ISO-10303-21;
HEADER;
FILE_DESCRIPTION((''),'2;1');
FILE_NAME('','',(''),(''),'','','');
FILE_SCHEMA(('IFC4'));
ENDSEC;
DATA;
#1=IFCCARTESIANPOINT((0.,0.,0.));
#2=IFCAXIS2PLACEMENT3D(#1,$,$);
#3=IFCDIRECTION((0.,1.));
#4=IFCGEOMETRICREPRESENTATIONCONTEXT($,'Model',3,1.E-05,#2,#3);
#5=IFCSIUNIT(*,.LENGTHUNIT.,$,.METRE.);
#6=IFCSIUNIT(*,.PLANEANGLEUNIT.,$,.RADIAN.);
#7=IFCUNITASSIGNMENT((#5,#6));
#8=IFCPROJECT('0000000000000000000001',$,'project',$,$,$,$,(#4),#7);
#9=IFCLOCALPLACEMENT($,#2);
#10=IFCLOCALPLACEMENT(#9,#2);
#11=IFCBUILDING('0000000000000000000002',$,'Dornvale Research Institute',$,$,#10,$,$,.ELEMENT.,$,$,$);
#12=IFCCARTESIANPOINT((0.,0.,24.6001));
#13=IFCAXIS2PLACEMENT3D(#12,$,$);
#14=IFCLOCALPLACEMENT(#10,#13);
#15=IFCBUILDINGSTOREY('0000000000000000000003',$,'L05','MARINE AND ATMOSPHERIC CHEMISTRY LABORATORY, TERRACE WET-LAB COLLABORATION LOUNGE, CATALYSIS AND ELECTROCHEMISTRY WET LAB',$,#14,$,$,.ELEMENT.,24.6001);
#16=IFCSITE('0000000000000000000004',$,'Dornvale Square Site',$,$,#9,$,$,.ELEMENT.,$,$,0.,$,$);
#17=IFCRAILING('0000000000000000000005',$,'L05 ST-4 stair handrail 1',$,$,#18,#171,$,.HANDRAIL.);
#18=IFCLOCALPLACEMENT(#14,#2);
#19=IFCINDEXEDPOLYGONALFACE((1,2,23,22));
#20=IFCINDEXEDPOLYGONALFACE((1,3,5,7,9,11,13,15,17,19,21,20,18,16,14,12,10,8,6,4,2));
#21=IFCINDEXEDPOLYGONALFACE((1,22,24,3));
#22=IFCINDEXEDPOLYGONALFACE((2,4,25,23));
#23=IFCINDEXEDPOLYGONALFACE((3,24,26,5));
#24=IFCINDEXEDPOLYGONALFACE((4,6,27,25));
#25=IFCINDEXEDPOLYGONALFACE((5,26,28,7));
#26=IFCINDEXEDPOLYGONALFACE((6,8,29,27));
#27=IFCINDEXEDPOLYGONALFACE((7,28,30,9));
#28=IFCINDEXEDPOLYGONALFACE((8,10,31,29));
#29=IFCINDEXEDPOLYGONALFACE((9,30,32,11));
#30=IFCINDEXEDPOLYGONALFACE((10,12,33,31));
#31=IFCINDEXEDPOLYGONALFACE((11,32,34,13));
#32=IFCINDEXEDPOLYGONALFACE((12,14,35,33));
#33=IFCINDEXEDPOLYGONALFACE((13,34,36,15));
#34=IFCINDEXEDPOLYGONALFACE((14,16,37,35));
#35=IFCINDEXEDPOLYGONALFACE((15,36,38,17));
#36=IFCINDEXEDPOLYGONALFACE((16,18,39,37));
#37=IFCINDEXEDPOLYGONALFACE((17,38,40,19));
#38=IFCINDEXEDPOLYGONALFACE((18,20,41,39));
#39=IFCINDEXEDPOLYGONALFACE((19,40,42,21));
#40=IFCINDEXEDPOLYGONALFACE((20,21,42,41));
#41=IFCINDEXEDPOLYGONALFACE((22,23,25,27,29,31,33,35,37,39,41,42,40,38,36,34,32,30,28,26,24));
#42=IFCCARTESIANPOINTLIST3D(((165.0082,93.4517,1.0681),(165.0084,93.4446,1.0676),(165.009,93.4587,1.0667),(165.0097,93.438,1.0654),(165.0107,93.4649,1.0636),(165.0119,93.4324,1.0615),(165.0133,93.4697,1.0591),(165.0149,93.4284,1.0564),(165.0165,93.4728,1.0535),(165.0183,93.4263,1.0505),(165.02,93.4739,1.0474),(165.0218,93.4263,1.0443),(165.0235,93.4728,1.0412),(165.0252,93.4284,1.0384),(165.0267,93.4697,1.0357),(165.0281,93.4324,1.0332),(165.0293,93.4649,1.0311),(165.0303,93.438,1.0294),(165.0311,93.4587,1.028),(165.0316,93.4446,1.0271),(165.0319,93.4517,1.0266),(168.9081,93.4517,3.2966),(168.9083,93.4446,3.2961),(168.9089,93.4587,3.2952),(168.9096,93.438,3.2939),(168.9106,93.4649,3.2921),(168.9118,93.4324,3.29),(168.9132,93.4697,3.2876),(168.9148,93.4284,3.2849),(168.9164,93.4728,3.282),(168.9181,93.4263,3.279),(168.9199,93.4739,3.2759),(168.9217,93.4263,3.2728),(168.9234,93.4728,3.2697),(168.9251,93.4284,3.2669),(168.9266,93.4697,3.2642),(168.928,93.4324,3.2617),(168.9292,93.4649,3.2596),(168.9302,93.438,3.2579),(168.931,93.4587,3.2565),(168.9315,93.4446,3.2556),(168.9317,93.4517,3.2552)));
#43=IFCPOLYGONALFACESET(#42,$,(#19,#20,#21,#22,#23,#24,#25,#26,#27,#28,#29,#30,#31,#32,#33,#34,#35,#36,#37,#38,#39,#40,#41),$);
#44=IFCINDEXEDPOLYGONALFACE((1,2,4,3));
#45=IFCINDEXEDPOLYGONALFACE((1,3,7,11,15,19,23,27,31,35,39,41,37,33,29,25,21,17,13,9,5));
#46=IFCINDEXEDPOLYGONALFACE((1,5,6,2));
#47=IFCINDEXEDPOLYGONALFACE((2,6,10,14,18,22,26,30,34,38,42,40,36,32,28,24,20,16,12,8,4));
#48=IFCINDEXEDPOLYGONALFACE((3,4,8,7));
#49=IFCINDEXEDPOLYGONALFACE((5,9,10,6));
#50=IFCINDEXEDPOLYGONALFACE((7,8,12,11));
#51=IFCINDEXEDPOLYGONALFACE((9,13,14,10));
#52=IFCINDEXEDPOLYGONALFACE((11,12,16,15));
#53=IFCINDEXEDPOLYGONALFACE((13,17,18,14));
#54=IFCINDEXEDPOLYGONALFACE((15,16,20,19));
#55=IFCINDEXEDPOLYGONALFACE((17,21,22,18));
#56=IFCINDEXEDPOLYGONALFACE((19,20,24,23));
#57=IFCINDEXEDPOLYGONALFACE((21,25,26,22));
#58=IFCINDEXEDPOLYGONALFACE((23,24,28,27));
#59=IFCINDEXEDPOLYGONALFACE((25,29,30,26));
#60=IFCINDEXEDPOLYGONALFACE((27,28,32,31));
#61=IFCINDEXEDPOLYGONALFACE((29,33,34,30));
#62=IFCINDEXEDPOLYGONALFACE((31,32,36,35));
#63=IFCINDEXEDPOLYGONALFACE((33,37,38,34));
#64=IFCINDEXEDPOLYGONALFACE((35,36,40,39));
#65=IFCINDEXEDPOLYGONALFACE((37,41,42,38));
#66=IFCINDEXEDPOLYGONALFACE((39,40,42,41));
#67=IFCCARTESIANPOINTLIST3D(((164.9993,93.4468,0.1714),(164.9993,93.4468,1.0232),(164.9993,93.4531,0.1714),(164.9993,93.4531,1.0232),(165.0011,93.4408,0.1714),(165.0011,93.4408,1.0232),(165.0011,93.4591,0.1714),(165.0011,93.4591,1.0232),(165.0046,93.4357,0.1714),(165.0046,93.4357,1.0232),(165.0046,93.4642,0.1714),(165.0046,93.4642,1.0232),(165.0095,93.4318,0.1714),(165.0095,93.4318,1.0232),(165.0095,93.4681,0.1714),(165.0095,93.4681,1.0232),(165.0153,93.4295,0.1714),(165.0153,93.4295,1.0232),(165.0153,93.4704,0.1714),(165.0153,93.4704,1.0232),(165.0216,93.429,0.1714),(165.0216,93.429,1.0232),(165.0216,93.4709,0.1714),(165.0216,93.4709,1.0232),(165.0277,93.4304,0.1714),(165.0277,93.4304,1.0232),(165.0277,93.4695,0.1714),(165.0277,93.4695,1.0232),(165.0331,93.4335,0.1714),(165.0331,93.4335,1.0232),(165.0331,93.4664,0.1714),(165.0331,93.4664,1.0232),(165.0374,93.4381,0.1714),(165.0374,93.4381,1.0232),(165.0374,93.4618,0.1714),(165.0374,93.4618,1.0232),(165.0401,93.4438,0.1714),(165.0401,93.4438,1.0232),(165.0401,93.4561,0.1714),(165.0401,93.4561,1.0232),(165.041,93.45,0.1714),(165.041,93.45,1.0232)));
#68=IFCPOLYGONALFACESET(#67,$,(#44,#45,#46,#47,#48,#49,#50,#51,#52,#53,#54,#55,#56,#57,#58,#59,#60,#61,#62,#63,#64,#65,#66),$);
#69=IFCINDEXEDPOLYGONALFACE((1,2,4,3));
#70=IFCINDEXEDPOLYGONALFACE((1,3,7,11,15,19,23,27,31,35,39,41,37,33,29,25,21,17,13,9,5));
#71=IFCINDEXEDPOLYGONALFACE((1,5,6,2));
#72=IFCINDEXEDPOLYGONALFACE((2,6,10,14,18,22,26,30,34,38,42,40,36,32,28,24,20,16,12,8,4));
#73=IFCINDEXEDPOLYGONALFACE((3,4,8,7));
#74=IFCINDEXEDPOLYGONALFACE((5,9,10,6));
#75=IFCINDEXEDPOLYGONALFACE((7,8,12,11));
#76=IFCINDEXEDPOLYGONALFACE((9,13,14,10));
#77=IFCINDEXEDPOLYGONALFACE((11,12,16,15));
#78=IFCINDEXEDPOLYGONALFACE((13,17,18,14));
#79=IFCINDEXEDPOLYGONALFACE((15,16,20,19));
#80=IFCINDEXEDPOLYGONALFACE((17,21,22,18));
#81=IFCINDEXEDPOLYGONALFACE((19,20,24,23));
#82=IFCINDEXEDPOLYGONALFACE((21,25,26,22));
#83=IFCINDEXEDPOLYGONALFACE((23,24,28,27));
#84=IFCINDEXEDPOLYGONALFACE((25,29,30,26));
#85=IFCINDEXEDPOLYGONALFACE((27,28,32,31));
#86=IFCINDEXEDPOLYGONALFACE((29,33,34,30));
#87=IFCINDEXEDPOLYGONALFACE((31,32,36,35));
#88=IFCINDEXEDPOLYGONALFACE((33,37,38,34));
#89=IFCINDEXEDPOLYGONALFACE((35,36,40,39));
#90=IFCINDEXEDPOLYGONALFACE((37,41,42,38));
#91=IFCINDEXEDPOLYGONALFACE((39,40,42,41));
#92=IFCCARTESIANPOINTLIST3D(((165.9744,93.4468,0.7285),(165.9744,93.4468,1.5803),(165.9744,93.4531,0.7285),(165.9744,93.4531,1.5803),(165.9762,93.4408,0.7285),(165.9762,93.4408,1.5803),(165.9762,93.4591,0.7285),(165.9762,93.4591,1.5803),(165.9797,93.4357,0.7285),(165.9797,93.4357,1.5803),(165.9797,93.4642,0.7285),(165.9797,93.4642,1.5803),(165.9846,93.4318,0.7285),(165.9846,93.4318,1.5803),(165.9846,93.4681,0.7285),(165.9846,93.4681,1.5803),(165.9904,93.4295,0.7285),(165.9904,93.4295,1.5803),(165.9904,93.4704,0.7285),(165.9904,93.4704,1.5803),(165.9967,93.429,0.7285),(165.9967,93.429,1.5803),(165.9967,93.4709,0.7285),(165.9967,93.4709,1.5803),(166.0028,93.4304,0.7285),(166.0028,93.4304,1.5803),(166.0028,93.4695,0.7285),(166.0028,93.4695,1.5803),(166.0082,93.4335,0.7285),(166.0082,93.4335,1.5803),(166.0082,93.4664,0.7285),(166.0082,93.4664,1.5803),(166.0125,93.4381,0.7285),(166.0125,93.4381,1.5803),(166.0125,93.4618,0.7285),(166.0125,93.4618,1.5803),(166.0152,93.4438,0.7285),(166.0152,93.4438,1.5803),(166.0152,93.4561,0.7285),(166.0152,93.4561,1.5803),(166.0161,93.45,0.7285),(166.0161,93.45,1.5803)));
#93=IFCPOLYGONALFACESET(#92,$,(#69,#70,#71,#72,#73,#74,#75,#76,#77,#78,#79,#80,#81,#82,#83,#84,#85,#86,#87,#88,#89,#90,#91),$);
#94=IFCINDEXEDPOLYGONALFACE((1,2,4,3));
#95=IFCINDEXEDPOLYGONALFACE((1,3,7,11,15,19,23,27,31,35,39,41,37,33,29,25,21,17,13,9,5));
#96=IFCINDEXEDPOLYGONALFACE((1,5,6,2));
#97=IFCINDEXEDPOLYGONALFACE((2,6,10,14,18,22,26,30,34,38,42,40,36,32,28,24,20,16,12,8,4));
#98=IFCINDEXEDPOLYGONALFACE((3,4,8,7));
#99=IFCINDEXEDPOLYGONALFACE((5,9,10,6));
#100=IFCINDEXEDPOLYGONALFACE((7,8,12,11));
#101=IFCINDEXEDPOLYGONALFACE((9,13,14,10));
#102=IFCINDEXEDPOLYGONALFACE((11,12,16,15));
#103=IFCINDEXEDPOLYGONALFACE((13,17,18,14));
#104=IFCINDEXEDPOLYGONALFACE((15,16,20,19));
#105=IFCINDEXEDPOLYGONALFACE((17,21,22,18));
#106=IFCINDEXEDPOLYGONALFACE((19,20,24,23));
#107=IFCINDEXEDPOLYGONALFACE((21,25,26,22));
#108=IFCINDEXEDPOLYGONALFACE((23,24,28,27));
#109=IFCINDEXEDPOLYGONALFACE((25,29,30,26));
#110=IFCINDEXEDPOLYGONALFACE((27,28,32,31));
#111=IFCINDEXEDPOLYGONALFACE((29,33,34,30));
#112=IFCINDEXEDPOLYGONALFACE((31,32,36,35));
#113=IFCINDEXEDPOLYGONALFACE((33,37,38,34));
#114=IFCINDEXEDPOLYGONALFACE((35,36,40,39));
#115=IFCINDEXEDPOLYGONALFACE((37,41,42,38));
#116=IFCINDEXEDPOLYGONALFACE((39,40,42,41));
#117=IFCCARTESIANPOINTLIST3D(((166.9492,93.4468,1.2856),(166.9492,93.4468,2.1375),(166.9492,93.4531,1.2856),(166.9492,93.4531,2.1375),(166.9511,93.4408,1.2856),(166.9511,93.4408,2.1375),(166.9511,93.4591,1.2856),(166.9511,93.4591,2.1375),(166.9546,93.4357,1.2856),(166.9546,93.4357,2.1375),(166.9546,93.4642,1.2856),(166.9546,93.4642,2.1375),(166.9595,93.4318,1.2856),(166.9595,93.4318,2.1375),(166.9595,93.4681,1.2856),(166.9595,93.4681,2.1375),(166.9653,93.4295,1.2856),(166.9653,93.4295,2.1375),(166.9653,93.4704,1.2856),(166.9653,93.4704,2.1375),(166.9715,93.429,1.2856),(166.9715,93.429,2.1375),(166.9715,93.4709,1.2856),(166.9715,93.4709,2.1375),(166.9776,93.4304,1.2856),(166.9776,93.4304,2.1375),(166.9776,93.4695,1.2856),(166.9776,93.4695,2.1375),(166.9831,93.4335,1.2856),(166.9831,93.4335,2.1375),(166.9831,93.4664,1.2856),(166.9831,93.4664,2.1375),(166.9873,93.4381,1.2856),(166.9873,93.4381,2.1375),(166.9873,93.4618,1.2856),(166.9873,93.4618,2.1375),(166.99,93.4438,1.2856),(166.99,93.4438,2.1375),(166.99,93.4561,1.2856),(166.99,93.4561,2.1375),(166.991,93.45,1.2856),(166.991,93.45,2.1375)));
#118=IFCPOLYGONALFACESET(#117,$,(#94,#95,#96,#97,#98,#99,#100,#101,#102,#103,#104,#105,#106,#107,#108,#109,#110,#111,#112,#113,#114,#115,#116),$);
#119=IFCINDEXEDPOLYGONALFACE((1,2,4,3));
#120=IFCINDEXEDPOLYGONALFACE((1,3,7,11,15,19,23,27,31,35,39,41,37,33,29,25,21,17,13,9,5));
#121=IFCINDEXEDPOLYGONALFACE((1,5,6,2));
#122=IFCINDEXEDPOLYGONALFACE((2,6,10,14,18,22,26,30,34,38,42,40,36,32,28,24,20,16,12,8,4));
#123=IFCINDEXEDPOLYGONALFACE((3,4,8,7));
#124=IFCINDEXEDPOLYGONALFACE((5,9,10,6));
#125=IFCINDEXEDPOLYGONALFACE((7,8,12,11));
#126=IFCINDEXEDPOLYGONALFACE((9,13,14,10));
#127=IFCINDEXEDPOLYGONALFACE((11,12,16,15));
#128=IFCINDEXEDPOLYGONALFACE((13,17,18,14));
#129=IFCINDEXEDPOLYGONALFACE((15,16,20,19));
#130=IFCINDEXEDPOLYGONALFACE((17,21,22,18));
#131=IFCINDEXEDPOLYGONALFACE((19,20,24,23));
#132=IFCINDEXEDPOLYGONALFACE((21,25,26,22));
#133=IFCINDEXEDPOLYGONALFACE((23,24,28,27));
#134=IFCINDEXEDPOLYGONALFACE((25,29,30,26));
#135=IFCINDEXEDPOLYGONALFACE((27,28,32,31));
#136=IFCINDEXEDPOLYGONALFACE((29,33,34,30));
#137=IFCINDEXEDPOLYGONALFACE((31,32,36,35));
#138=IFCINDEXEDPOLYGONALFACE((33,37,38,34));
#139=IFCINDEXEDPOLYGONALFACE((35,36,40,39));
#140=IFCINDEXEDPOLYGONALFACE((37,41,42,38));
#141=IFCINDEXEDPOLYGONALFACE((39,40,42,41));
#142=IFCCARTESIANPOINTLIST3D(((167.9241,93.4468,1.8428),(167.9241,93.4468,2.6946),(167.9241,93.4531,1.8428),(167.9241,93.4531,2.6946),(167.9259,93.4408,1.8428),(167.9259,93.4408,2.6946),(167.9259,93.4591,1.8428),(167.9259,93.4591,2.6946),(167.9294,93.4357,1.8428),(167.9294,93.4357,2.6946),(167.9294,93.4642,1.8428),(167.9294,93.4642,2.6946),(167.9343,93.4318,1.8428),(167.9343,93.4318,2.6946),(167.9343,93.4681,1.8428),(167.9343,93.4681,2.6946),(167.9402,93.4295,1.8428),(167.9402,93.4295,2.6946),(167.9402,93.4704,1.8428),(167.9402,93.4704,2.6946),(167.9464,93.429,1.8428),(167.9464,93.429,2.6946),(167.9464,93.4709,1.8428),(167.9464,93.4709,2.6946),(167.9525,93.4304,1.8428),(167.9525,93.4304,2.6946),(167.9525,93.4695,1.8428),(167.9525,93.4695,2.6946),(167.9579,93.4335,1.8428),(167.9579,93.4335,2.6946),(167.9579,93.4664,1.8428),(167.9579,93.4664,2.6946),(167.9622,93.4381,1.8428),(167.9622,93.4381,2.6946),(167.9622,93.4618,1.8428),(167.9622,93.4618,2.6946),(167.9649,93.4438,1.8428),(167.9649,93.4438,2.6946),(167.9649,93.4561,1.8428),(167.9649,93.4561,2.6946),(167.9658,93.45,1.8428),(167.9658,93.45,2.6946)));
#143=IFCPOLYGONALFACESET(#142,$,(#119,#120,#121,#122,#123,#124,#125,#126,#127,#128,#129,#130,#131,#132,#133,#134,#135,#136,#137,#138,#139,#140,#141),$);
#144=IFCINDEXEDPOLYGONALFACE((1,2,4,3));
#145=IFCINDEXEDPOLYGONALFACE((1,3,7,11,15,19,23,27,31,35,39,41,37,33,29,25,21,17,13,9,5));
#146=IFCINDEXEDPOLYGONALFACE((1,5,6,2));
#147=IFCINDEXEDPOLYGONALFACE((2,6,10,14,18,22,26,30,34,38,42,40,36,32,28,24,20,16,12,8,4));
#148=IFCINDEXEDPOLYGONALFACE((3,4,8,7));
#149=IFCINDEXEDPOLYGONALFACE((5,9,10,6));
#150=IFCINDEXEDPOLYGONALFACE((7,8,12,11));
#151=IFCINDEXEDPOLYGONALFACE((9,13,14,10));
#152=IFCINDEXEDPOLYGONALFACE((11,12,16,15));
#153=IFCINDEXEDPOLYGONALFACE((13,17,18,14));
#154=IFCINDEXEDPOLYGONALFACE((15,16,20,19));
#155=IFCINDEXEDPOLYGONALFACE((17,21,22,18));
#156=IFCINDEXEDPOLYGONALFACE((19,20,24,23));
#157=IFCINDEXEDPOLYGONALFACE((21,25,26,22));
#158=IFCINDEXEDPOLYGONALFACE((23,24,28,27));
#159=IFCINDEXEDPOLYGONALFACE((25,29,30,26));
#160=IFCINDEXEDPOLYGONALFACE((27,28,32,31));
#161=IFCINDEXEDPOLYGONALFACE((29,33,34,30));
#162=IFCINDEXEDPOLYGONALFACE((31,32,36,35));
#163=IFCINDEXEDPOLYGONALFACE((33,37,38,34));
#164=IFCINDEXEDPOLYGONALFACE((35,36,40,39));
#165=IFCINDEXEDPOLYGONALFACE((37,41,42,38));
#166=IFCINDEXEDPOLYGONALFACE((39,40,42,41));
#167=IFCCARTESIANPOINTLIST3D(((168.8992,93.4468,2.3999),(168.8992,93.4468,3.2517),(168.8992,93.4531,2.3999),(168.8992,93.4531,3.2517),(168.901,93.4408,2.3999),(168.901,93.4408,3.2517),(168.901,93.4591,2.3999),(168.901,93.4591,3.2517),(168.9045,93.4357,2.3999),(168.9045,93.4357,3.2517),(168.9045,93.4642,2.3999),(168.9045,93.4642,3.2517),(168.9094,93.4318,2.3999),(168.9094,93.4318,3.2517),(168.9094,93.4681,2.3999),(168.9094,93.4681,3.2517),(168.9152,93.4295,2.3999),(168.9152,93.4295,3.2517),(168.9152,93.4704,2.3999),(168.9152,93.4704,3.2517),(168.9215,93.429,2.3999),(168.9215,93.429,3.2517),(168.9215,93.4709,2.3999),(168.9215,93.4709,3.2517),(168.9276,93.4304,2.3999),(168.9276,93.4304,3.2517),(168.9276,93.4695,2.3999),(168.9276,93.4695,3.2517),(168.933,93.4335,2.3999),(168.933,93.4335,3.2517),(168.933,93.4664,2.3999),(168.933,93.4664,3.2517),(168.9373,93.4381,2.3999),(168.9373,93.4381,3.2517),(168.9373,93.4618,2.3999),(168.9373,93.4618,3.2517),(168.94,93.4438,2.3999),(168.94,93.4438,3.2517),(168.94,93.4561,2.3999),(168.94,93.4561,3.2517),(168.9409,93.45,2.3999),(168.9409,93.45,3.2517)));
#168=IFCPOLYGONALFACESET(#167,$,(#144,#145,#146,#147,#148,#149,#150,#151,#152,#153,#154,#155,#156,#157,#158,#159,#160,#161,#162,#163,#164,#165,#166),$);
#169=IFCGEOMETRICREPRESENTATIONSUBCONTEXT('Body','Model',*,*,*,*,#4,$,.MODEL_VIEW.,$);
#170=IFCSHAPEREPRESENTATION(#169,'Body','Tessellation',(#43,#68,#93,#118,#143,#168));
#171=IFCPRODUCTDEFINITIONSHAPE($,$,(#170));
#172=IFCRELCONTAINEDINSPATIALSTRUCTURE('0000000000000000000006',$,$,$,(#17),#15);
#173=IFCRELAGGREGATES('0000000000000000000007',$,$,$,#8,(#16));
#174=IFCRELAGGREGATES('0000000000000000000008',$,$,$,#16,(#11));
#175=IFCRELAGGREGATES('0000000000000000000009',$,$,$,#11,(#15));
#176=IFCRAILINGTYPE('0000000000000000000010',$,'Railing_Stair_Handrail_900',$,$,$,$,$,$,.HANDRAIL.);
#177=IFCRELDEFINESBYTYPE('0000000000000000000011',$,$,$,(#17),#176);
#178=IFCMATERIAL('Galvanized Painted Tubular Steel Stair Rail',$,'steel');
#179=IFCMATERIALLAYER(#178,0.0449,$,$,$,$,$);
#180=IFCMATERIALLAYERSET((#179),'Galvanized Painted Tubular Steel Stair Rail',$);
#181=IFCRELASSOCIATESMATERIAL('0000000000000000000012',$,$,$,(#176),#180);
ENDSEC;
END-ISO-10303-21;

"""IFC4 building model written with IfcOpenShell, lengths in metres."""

from ifc_helpers import new_model, si_unit, direction, frame, origin, origin_2d, place, context, subcontext, project, spatial, circle, extrude, material, layer, layer_set, type_object, element, save


model = new_model("IFC4")

# Units and contexts
model_context = context("Model", 3, precision=1e-05, world=origin(), true_north=direction((0.0, 1.0)))
body_context = subcontext(model_context, "Body", "Model", "MODEL_VIEW")
ifc_project = project(units=[si_unit("LENGTHUNIT", "METRE"), si_unit("PLANEANGLEUNIT", "RADIAN")], contexts=[model_context])

# Site, building, storey
site_placement = place(None, origin())
site = spatial("IfcSite", under=ifc_project, at=site_placement, Name="Dornvale Square Site", CompositionType="ELEMENT", RefElevation=0.0)
building_placement = place(site_placement, origin())
building = spatial("IfcBuilding", under=site, at=building_placement, Name="Dornvale Research Institute", CompositionType="ELEMENT")
storey_placement = place(building_placement, frame((0.0, 0.0, 24.6001)))
storey = spatial("IfcBuildingStorey", under=building, at=storey_placement, Name="L05", Description="MARINE AND ATMOSPHERIC CHEMISTRY LABORATORY, TERRACE WET-LAB COLLABORATION LOUNGE, CATALYSIS AND ELECTROCHEMISTRY WET LAB", CompositionType="ELEMENT", Elevation=24.6001)

# Railing
ifc_material_1 = material(Name="Galvanized Painted Tubular Steel Stair Rail", Category="steel")
ifc_layer_1 = layer(ifc_material_1, 0.0449)
ifc_layer_set_1 = layer_set([ifc_layer_1], Name="Galvanized Painted Tubular Steel Stair Rail")
railing_type_1 = type_object("IfcRailingType", Name="Railing_Stair_Handrail_900", PredefinedType="HANDRAIL", material=ifc_layer_set_1)
railing_1_placement = place(storey_placement, frame((165.02, 93.45, 0.1714)))
element("IfcRailing", 1, at=railing_1_placement, inside=storey, type_object=railing_type_1, Name="L05 ST-4 stair handrail 1", PredefinedType="HANDRAIL", context=body_context, shape_type="SweptSolid", body=[
    extrude(circle(Radius=0.0239, at=origin_2d()), frame((0.0, 0.0, 0.876), z_axis=(0.868243, 0.0, 0.496139), x_axis=(0.0, 1.0, 0.0)), (0.0, 0.0, 1.0), 4.4917),
    extrude(circle(Radius=0.021, at=origin_2d()), origin(), (0.0, 0.0, 1.0), 0.8518),
    extrude(circle(Radius=0.021, at=origin_2d()), frame((0.9751, 0.0, 0.5571)), (0.0, 0.0, 1.0), 0.8518),
    extrude(circle(Radius=0.021, at=origin_2d()), frame((1.95, 0.0, 1.1143)), (0.0, 0.0, 1.0), 0.8518),
    extrude(circle(Radius=0.021, at=origin_2d()), frame((2.9248, 0.0, 1.6714)), (0.0, 0.0, 1.0), 0.8518),
    extrude(circle(Radius=0.021, at=origin_2d()), frame((3.8999, 0.0, 2.2285)), (0.0, 0.0, 1.0), 0.8518),
])

save(model, "model.ifc")
